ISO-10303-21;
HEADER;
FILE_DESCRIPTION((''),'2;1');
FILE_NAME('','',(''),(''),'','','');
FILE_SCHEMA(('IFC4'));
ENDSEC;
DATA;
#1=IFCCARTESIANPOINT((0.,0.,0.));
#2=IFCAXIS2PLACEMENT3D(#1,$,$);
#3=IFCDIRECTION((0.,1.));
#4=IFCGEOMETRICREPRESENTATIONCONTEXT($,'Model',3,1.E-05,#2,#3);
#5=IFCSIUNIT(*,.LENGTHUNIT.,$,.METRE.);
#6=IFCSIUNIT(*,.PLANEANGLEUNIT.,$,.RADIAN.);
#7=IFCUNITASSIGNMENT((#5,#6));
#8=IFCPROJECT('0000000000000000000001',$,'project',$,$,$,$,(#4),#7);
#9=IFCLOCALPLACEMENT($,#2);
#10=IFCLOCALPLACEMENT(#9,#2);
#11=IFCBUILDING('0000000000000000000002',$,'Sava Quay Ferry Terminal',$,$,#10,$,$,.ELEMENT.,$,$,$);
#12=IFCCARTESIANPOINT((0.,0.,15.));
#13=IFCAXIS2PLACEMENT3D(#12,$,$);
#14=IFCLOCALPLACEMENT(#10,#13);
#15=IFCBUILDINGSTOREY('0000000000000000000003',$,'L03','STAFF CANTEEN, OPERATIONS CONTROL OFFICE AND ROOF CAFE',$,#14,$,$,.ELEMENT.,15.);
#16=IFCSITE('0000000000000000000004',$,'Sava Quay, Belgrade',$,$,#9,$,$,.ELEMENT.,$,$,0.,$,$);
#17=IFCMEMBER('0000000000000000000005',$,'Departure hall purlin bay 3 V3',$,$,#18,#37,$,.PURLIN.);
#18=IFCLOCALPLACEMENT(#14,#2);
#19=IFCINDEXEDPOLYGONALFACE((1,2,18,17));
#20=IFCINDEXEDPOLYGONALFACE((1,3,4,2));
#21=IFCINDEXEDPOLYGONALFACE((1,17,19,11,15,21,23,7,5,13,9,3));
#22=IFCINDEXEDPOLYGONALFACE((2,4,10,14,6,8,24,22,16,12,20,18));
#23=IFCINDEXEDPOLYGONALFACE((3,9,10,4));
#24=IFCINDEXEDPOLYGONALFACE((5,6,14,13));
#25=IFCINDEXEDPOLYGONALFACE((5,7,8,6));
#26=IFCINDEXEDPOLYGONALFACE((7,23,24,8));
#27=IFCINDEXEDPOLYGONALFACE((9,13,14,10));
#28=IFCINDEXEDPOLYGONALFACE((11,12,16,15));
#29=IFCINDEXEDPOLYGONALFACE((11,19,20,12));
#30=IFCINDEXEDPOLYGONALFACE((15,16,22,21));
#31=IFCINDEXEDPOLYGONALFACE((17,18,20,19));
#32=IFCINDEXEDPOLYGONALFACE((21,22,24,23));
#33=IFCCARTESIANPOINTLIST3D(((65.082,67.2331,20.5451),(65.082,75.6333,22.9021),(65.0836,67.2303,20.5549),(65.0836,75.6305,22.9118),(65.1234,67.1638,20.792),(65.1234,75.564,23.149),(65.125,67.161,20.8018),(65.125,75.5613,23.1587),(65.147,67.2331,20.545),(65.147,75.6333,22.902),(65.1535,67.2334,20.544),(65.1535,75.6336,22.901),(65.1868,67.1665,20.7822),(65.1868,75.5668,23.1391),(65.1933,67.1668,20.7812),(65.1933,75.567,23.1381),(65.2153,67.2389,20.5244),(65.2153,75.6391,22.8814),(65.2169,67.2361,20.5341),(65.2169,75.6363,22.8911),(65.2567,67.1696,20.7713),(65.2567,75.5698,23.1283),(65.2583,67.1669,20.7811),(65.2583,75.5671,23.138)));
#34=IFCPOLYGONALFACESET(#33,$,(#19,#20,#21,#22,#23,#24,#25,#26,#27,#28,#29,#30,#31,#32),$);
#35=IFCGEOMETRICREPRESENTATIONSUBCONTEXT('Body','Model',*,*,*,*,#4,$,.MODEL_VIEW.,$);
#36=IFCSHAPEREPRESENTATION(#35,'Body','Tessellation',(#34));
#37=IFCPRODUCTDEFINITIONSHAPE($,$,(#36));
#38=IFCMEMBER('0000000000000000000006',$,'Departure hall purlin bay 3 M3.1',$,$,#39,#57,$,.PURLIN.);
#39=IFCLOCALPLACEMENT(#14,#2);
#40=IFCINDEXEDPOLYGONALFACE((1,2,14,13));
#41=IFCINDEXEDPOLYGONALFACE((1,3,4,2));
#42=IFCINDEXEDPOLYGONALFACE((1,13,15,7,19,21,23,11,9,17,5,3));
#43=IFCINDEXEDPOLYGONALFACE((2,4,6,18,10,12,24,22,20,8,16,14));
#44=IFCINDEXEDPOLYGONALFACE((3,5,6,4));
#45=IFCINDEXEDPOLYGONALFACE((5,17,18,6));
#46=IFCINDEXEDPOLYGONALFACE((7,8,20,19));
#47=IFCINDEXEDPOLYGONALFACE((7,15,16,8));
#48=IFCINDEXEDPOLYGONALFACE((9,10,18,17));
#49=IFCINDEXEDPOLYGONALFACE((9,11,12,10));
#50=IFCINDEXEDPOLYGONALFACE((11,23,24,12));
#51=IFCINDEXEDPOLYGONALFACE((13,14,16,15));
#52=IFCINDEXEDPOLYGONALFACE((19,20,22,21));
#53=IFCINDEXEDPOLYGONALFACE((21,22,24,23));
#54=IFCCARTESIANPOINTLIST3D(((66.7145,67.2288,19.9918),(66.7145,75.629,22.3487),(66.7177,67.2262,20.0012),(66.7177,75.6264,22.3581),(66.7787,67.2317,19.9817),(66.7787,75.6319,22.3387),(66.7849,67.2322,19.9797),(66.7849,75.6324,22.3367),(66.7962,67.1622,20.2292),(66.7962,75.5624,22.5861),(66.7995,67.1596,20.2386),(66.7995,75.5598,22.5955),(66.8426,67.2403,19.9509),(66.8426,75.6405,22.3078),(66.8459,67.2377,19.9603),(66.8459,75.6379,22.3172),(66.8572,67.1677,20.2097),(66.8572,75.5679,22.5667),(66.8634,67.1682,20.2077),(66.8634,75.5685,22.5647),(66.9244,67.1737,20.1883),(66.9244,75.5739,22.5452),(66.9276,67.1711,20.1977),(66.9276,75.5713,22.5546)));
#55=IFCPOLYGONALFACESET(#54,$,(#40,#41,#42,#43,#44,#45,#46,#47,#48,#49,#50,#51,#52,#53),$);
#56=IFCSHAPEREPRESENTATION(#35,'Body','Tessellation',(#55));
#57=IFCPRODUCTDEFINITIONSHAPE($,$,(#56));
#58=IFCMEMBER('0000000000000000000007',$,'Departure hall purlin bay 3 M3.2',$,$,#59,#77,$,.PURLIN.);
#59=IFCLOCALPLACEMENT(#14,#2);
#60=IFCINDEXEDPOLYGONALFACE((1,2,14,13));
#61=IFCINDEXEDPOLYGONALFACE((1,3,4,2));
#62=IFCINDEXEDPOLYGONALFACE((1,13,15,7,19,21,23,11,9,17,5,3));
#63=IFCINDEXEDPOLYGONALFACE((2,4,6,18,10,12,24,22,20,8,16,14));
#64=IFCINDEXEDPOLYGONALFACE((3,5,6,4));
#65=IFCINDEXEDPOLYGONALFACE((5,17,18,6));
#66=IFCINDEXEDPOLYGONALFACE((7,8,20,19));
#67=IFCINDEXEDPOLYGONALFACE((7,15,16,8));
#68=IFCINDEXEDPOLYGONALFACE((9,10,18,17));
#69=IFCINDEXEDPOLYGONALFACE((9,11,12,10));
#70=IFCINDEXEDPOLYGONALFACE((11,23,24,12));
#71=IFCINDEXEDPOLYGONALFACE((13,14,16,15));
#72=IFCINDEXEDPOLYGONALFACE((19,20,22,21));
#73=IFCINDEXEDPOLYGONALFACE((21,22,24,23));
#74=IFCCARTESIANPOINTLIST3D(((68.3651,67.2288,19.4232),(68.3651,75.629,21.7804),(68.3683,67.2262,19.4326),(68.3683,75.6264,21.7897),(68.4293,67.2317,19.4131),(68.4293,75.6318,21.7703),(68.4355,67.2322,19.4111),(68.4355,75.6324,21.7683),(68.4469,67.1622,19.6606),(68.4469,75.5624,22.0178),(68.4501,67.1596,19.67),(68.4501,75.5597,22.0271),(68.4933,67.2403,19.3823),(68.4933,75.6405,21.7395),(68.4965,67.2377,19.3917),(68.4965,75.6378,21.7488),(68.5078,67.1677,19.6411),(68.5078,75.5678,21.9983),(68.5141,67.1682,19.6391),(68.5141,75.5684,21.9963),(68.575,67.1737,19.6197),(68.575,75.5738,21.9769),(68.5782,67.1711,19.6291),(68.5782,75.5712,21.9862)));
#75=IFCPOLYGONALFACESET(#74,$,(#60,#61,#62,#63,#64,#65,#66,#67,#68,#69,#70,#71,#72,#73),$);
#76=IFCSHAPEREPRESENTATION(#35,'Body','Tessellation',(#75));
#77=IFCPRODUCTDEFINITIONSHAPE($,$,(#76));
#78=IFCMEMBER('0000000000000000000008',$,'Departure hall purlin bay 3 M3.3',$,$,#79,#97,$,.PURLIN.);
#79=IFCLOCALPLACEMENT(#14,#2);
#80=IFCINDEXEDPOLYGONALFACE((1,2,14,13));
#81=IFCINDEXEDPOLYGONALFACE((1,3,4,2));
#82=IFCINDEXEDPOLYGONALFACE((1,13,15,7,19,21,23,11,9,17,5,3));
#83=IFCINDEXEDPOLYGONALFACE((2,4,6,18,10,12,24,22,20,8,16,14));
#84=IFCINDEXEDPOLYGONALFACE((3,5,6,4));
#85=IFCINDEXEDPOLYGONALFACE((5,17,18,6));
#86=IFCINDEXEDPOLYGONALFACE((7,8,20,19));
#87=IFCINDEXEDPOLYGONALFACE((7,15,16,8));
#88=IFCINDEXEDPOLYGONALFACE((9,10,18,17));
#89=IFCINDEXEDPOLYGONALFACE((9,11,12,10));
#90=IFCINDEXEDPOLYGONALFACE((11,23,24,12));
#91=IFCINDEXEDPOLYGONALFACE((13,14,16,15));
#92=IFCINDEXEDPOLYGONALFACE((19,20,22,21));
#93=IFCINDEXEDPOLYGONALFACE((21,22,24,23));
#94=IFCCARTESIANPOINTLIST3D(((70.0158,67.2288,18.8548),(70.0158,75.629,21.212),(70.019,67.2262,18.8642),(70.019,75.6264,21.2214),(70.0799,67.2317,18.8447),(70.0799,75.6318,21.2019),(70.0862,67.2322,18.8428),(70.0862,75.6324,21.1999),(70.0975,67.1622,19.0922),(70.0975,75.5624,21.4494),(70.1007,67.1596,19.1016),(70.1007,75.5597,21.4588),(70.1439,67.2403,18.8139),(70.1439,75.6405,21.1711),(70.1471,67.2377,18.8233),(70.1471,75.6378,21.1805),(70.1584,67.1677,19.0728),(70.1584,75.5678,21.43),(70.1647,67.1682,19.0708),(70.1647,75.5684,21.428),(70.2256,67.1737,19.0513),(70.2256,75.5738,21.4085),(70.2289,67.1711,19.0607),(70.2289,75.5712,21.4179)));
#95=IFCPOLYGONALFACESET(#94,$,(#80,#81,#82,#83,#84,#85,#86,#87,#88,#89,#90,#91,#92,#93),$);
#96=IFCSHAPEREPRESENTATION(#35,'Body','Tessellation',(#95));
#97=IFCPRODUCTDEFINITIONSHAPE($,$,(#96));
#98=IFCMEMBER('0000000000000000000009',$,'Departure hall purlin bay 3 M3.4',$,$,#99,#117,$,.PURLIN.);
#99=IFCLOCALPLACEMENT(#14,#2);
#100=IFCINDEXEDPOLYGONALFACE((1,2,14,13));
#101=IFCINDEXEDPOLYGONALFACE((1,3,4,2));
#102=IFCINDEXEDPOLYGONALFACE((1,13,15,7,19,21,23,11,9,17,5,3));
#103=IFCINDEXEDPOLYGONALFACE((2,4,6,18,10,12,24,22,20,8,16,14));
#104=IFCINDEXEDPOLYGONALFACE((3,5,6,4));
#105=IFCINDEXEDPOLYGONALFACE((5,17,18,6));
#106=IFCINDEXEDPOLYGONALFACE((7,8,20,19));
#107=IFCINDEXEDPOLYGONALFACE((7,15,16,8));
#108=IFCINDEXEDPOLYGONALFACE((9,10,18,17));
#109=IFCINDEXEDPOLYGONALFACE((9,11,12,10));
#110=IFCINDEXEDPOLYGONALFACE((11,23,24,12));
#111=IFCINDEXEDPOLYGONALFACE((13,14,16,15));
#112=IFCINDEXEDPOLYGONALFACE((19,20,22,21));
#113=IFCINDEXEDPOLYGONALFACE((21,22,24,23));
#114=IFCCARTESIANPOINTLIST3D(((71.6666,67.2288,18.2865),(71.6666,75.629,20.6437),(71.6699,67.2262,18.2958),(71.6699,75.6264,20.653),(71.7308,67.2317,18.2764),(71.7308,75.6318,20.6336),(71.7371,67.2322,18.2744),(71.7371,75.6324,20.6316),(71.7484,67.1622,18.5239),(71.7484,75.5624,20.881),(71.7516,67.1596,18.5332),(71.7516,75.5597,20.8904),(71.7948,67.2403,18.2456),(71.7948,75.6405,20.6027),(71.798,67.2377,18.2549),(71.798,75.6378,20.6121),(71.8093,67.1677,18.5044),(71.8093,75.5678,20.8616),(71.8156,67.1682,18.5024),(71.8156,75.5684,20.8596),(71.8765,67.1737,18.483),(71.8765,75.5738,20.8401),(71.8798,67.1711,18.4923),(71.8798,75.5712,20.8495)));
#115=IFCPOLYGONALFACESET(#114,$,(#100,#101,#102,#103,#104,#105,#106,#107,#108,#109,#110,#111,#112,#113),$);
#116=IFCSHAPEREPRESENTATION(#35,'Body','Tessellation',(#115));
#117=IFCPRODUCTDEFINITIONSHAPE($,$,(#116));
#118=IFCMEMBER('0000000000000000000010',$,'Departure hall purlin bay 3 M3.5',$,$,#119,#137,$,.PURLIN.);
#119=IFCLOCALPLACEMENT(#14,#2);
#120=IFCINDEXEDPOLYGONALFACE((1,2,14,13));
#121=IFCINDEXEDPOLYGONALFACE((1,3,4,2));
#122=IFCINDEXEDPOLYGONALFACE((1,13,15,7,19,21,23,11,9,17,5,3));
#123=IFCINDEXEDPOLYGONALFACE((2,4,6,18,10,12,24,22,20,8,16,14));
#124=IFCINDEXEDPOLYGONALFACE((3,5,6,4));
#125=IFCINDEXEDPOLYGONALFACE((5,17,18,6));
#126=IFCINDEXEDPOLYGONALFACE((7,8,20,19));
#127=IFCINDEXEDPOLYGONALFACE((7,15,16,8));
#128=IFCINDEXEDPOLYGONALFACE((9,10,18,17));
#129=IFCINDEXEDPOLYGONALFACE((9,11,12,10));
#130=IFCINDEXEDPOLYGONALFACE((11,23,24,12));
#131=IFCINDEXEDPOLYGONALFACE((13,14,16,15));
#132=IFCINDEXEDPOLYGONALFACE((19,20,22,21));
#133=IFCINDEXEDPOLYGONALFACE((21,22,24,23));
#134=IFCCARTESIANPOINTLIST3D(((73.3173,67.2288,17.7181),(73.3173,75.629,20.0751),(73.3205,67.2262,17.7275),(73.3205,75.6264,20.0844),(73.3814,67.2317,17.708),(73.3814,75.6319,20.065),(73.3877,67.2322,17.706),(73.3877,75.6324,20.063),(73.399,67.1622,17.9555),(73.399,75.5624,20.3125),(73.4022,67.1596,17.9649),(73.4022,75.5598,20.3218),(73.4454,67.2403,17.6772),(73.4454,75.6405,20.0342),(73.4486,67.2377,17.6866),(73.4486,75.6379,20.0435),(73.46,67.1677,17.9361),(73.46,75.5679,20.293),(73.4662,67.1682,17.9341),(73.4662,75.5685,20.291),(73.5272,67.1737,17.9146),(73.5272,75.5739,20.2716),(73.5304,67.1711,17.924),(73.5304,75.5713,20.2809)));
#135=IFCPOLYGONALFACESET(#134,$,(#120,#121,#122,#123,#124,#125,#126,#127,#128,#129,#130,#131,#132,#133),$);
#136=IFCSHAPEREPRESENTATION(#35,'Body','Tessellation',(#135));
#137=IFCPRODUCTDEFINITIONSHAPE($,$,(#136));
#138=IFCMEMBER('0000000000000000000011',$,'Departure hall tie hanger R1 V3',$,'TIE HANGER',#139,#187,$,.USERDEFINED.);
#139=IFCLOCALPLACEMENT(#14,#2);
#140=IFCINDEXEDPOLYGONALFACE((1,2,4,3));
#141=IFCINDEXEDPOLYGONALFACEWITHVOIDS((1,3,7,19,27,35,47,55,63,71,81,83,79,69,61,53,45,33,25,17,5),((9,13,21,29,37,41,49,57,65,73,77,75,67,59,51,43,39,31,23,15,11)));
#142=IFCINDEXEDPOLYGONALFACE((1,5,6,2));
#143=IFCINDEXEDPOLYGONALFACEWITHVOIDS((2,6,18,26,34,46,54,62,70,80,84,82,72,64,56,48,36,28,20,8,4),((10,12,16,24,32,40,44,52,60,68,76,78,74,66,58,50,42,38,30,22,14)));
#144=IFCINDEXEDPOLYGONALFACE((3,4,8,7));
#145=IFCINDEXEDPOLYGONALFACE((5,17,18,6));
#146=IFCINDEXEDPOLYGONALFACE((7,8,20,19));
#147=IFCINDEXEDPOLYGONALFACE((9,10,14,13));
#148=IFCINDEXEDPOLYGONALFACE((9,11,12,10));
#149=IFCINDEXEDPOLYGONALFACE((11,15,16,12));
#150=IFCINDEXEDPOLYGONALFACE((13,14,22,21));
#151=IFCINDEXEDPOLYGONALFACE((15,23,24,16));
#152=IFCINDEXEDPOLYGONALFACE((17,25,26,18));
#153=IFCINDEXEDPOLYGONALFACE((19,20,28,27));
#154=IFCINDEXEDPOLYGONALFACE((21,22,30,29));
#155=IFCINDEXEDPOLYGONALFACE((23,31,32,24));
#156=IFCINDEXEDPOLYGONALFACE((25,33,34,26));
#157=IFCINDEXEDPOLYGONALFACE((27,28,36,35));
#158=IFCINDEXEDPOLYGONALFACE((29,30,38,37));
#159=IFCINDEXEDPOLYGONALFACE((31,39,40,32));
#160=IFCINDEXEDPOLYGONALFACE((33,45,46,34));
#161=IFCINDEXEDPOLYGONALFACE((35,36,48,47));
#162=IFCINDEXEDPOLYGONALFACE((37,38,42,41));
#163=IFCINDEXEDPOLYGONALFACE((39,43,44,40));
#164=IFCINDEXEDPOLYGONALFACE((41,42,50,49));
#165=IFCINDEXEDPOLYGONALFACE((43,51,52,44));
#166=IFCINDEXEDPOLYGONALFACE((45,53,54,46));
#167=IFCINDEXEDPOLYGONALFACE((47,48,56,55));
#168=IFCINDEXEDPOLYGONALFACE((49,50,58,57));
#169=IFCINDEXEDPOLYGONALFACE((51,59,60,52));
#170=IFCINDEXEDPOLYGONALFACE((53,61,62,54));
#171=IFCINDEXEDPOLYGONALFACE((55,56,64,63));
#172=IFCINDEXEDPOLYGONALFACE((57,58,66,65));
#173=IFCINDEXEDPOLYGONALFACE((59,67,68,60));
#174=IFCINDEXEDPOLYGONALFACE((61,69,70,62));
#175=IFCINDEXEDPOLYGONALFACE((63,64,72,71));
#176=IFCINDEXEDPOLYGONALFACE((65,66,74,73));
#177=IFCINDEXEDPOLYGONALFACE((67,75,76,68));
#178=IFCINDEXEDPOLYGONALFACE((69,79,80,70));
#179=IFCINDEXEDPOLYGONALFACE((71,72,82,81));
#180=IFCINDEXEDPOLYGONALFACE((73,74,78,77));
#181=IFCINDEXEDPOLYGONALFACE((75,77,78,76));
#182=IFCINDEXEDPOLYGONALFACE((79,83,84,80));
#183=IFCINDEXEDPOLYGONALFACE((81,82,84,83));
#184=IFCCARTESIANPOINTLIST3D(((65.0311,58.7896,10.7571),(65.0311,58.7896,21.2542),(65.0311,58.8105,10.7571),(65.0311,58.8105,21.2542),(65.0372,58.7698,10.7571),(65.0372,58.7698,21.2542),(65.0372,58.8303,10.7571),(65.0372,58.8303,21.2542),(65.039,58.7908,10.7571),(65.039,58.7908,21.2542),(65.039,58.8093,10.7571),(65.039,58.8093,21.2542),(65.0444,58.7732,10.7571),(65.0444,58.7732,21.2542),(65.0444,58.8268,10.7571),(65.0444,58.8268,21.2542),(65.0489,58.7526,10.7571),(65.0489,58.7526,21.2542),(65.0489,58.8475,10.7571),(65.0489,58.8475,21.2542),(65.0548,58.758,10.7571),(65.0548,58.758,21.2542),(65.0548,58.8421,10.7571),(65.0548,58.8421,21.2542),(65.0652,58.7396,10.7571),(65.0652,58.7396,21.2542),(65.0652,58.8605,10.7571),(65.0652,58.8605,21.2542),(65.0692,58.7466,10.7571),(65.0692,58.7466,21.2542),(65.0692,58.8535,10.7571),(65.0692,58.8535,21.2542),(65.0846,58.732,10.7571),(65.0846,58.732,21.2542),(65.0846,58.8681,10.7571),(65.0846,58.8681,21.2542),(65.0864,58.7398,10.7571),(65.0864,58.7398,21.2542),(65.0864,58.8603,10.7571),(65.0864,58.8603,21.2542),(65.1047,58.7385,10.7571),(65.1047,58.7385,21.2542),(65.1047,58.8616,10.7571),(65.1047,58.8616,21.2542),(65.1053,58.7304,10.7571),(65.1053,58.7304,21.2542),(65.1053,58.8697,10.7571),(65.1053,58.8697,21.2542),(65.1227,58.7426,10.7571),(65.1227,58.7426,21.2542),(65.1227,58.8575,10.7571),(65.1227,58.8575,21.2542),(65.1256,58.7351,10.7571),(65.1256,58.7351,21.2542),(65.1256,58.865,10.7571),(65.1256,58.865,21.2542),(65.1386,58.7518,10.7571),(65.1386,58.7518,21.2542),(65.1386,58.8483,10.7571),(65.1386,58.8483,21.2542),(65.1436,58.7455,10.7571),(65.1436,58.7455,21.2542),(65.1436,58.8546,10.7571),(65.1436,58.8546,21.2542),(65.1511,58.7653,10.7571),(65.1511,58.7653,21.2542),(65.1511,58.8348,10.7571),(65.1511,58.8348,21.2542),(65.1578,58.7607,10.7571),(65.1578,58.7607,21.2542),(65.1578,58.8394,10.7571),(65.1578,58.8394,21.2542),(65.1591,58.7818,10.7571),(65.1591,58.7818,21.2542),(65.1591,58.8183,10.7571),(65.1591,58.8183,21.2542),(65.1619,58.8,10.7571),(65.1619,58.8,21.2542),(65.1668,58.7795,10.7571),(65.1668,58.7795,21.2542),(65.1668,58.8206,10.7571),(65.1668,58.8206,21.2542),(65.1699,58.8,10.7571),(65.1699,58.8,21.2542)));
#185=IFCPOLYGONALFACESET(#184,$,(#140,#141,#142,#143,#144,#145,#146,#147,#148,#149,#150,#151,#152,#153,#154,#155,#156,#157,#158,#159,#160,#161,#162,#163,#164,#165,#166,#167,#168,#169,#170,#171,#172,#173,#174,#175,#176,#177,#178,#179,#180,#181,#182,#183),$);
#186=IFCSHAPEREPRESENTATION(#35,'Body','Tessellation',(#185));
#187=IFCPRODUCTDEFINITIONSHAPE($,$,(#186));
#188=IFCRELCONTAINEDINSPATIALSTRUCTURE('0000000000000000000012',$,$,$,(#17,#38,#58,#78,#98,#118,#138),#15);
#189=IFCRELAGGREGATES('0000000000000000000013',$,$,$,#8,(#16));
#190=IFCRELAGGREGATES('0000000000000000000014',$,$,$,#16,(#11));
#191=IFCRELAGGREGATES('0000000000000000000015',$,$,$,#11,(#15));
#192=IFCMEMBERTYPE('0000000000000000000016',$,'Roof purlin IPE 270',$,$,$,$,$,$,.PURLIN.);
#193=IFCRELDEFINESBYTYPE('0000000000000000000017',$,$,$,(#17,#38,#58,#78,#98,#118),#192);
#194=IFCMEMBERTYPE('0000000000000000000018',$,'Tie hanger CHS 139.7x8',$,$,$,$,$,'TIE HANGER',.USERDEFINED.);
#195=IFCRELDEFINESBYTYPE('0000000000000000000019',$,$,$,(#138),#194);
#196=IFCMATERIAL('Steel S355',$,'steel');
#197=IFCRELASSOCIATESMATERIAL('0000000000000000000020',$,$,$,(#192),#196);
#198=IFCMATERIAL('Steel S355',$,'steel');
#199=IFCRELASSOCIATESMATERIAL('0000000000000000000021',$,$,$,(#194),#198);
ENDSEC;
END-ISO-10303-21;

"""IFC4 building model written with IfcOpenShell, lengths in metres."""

from ifc_helpers import new_model, si_unit, direction, frame, origin, origin_2d, place, context, subcontext, project, spatial, hollow_circle, i_section, extrude, material, material_profile, profile_set, type_object, element, save


model = new_model("IFC4")

# Units and contexts
model_context = context("Model", 3, precision=1e-05, world=origin(), true_north=direction((0.0, 1.0)))
body_context = subcontext(model_context, "Body", "Model", "MODEL_VIEW")
ifc_project = project(units=[si_unit("LENGTHUNIT", "METRE"), si_unit("PLANEANGLEUNIT", "RADIAN")], contexts=[model_context])

# Site, building, storey
site_placement = place(None, origin())
site = spatial("IfcSite", under=ifc_project, at=site_placement, Name="Sava Quay, Belgrade", CompositionType="ELEMENT", RefElevation=0.0)
building_placement = place(site_placement, origin())
building = spatial("IfcBuilding", under=site, at=building_placement, Name="Sava Quay Ferry Terminal", CompositionType="ELEMENT")
storey_placement = place(building_placement, frame((0.0, 0.0, 15.0)))
storey = spatial("IfcBuildingStorey", under=building, at=storey_placement, Name="L03", Description="STAFF CANTEEN, OPERATIONS CONTROL OFFICE AND ROOF CAFE", CompositionType="ELEMENT", Elevation=15.0)

# Members
ifc_material_1 = material(Name="Steel S355", Category="steel")
ifc_material_profile_1 = material_profile(ifc_material_1, i_section(OverallWidth=0.135, OverallDepth=0.27, WebThickness=0.0066, FlangeThickness=0.0103, at=origin_2d()), Name="IPE 270")
ifc_profile_set_1 = profile_set([ifc_material_profile_1], Name="Steel S355")
member_type_1 = type_object("IfcMemberType", Name="Roof purlin IPE 270", PredefinedType="PURLIN", material=ifc_profile_set_1)
for number, where, z_axis, x_axis, name in (
    (1, (65.1702, 67.2, 20.6631), (0.0, 0.962818, 0.27015), (-0.987218, -0.043056, 0.153452), "Departure hall purlin bay 3 V3"),
    (2, (66.821, 67.2, 20.0947), (0.0, 0.962818, 0.27015), (-0.949197, -0.085011, 0.302981), "Departure hall purlin bay 3 M3.1"),
    (3, (68.4717, 67.2, 19.5261), (0.0, 0.962811, 0.270176), (-0.949197, -0.085019, 0.302979), "Departure hall purlin bay 3 M3.2"),
    (4, (70.1223, 67.2, 18.9578), (0.0, 0.962811, 0.270176), (-0.949197, -0.085019, 0.302979), "Departure hall purlin bay 3 M3.3"),
    (5, (71.7732, 67.2, 18.3894), (0.0, 0.962811, 0.270176), (-0.949197, -0.085019, 0.302979), "Departure hall purlin bay 3 M3.4"),
    (6, (73.4238, 67.2, 17.821), (0.0, 0.962818, 0.27015), (-0.949197, -0.085011, 0.302981), "Departure hall purlin bay 3 M3.5"),
):
    element("IfcMember", number, at=place(storey_placement, frame(where, z_axis=z_axis, x_axis=x_axis)), inside=storey, type_object=member_type_1, Name=name, PredefinedType="PURLIN", context=body_context, shape_type="SweptSolid", body=[
        extrude(i_section(OverallWidth=0.135, OverallDepth=0.27, WebThickness=0.0066, FlangeThickness=0.0103, at=origin_2d()), origin(), (0.0, 0.0, 1.0), 8.7246),
    ])
ifc_material_2 = material(Name="Steel S355", Category="steel")
ifc_material_profile_2 = material_profile(ifc_material_2, hollow_circle(Radius=0.0698, WallThickness=0.0081, at=origin_2d()), Name="CHS 139.7 x 8.0")
ifc_profile_set_2 = profile_set([ifc_material_profile_2], Name="Steel S355")
member_type_2 = type_object("IfcMemberType", Name="Tie hanger CHS 139.7x8", ElementType="TIE HANGER", PredefinedType="USERDEFINED", material=ifc_profile_set_2)
for number, where, z_axis, x_axis, name in (
    (7, (65.1001, 58.8, 10.7571), (0.0, 0.0, 1.0), (1.0, 0.0, 0.0), "Departure hall tie hanger R1 V3"),
):
    element("IfcMember", number, at=place(storey_placement, frame(where, z_axis=z_axis, x_axis=x_axis)), inside=storey, type_object=member_type_2, Name=name, ObjectType="TIE HANGER", PredefinedType="USERDEFINED", context=body_context, shape_type="SweptSolid", body=[
        extrude(hollow_circle(Radius=0.0698, WallThickness=0.0081, at=origin_2d()), origin(), (0.0, 0.0, 1.0), 10.4971),
    ])

save(model, "model.ifc")
